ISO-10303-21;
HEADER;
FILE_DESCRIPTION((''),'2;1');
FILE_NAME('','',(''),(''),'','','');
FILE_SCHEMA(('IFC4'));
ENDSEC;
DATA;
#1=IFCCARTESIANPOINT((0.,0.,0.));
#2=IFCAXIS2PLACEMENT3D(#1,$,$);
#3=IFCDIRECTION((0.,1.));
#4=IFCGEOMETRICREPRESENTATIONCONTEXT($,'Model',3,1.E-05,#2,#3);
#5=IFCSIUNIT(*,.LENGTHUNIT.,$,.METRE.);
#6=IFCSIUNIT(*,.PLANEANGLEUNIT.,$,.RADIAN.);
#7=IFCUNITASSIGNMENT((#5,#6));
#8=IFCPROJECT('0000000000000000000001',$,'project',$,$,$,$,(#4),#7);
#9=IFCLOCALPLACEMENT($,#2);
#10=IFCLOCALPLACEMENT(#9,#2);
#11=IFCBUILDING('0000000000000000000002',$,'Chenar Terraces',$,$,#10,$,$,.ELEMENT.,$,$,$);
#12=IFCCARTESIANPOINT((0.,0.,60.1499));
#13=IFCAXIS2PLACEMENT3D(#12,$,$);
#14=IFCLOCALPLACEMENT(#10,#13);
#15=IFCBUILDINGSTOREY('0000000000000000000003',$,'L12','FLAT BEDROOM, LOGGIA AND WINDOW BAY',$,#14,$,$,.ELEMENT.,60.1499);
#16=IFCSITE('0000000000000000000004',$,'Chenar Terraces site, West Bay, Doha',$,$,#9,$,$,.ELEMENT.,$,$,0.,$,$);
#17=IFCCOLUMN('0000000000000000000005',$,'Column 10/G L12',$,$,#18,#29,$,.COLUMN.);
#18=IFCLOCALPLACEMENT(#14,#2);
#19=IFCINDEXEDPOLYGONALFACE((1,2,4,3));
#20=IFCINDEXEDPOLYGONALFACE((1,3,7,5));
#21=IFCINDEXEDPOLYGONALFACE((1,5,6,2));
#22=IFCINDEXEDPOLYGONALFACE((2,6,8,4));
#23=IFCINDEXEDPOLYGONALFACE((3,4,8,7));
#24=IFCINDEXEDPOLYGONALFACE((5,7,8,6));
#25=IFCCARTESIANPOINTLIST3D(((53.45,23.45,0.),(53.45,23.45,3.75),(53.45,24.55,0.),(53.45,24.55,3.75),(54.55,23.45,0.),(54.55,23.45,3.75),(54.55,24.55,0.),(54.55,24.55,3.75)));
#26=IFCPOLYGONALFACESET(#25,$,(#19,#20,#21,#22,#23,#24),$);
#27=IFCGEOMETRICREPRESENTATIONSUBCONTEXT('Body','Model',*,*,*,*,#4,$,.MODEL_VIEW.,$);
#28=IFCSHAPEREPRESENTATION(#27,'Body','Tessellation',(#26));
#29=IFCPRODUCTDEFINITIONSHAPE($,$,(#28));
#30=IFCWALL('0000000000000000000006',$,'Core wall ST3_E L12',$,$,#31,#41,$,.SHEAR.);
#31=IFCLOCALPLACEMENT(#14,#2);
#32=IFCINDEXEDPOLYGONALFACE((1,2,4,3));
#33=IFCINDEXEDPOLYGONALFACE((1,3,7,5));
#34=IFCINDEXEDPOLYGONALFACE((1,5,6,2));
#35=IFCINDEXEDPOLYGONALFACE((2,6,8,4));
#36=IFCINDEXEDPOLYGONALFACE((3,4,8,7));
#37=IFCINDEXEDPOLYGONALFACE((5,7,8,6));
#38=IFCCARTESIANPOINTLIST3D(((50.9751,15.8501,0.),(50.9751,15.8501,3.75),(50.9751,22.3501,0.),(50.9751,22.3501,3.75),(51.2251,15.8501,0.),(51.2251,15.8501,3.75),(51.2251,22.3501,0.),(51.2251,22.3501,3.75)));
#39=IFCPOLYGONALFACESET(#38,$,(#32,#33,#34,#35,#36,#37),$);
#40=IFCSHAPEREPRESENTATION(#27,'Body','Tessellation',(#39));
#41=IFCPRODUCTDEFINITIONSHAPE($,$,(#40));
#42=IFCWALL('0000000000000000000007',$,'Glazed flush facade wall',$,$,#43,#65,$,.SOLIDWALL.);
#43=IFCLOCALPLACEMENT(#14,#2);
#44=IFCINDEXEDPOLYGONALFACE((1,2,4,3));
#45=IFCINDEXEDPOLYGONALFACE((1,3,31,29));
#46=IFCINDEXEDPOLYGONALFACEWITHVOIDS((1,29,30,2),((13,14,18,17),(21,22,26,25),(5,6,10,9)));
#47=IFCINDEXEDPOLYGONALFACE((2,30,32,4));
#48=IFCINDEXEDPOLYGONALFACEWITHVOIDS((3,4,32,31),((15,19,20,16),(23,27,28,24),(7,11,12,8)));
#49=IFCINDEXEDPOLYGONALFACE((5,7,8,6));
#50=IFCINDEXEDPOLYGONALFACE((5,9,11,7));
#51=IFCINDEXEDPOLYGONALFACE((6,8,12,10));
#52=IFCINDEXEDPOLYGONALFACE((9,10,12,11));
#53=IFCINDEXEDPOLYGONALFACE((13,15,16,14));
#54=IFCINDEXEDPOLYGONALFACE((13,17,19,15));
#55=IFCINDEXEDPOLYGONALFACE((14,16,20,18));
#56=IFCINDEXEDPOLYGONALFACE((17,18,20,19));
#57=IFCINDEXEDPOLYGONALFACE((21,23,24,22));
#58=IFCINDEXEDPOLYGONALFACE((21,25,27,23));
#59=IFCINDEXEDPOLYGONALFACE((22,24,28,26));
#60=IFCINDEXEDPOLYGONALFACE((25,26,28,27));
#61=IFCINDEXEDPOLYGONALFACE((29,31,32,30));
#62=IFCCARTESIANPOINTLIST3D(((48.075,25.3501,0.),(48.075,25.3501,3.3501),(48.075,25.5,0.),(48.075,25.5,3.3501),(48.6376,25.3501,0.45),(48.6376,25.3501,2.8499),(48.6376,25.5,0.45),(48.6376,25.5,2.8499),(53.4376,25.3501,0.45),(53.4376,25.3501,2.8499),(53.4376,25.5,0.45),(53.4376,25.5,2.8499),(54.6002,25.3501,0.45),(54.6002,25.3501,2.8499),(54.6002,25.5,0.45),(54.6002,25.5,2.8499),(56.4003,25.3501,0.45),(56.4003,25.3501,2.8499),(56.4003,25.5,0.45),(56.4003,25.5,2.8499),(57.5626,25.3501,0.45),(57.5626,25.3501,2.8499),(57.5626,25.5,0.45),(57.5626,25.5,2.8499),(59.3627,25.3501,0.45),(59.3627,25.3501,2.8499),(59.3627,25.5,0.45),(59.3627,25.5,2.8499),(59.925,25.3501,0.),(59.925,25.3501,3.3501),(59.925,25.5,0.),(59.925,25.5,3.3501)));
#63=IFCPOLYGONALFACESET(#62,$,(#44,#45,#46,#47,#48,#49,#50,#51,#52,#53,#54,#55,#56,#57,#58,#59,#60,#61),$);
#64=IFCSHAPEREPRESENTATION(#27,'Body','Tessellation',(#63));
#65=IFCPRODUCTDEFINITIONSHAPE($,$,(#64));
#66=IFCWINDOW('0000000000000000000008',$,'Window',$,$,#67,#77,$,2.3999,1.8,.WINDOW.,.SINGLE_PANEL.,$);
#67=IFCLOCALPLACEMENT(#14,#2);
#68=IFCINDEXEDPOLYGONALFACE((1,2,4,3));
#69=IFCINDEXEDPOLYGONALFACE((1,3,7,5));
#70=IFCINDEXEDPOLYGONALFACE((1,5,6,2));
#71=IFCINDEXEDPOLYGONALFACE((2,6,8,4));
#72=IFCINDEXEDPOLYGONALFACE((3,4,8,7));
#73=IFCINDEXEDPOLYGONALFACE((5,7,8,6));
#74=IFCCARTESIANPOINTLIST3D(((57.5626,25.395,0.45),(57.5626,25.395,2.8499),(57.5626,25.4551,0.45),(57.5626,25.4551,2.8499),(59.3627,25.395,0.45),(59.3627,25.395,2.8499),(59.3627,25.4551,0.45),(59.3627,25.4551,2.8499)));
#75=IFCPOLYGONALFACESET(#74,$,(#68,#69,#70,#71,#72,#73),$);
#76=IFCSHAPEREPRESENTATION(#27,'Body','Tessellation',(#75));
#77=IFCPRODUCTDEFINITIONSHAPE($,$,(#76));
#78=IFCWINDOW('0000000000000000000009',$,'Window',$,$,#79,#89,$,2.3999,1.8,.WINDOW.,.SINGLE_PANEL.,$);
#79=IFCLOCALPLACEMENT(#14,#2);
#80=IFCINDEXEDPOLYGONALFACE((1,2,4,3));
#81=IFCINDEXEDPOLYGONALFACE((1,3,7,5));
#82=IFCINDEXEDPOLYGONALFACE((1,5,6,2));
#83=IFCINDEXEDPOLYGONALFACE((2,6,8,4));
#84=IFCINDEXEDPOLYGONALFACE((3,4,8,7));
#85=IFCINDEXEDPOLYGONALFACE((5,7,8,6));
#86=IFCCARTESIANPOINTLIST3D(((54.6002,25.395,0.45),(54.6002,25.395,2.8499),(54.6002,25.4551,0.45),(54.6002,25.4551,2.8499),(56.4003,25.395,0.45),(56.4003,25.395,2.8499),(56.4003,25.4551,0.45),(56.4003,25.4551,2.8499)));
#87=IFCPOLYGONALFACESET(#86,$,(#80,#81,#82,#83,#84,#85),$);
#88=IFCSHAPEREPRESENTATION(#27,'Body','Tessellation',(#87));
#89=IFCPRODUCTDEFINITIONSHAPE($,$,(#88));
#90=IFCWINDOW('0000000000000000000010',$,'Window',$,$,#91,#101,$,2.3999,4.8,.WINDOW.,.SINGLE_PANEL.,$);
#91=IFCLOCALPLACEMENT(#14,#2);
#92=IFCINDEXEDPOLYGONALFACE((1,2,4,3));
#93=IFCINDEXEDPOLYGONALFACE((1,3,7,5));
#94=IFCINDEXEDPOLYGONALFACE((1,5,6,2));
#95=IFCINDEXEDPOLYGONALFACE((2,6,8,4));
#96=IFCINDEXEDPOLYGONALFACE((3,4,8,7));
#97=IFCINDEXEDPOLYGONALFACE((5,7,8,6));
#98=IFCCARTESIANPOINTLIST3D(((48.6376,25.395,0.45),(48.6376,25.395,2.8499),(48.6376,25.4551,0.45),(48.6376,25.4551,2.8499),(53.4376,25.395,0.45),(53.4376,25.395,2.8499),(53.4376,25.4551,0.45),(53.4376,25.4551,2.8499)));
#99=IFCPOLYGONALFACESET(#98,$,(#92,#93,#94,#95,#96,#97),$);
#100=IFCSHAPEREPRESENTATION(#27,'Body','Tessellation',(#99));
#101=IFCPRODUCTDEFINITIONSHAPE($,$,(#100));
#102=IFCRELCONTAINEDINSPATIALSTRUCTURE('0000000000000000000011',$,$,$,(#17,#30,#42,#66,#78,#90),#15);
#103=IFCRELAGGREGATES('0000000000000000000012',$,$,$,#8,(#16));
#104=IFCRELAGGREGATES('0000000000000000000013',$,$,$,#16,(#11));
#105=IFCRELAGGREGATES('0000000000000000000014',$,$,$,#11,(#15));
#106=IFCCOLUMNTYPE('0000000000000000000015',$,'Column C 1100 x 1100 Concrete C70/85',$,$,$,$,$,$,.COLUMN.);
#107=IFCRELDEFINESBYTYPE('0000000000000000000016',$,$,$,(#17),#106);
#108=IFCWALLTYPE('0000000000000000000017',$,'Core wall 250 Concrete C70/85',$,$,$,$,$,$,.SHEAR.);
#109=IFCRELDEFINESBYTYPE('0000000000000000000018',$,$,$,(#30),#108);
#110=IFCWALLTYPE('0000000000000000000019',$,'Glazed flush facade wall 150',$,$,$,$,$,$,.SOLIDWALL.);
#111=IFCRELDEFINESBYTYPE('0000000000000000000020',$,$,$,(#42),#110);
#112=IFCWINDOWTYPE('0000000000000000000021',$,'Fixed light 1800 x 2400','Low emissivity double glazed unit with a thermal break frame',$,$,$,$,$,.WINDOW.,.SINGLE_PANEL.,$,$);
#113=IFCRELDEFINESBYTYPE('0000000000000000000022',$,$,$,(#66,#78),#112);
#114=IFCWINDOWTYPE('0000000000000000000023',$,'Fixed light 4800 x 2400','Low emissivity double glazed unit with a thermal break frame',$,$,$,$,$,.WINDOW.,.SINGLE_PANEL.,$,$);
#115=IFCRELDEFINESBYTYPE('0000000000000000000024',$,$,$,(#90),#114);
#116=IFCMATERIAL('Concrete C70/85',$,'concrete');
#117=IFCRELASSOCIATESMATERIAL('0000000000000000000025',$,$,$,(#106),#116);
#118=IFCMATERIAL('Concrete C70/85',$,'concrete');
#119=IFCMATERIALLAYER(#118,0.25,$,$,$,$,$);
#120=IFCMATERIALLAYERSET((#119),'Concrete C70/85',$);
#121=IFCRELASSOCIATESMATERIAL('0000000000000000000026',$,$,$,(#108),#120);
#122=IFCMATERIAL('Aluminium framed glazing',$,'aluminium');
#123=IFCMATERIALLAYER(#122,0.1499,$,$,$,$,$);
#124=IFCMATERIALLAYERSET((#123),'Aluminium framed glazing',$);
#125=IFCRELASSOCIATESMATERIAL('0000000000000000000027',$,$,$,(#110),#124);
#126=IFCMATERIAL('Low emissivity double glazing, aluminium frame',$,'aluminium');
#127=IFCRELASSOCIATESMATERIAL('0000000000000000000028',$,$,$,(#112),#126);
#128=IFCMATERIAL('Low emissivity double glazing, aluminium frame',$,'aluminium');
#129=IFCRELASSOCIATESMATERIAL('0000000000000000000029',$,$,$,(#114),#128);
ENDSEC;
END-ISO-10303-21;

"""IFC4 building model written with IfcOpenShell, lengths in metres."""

from ifc_helpers import new_model, si_unit, direction, frame, frame_2d, origin, origin_2d, place, context, subcontext, project, spatial, rectangle, extrude, material, layer, layer_set, material_profile, profile_set, type_object, element, fill, save


model = new_model("IFC4")

# Units and contexts
model_context = context("Model", 3, precision=1e-05, world=origin(), true_north=direction((0.0, 1.0)))
body_context = subcontext(model_context, "Body", "Model", "MODEL_VIEW")
ifc_project = project(units=[si_unit("LENGTHUNIT", "METRE"), si_unit("PLANEANGLEUNIT", "RADIAN")], contexts=[model_context])

# Site, building, storey
site_placement = place(None, origin())
site = spatial("IfcSite", under=ifc_project, at=site_placement, Name="Chenar Terraces site, West Bay, Doha", CompositionType="ELEMENT", RefElevation=0.0)
building_placement = place(site_placement, origin())
building = spatial("IfcBuilding", under=site, at=building_placement, Name="Chenar Terraces", CompositionType="ELEMENT")
storey_placement = place(building_placement, frame((0.0, 0.0, 60.1499)))
storey = spatial("IfcBuildingStorey", under=building, at=storey_placement, Name="L12", Description="FLAT BEDROOM, LOGGIA AND WINDOW BAY", CompositionType="ELEMENT", Elevation=60.1499)

# Column
ifc_material_1 = material(Name="Concrete C70/85", Category="concrete")
ifc_material_profile = material_profile(ifc_material_1, rectangle(XDim=1.1001, YDim=1.1001, at=origin_2d()), Name="C 1100 x 1100")
ifc_profile_set = profile_set([ifc_material_profile], Name="Concrete C70/85")
column_type = type_object("IfcColumnType", Name="Column C 1100 x 1100 Concrete C70/85", PredefinedType="COLUMN", material=ifc_profile_set)
column_placement = place(storey_placement, frame((54.0, 24.0, 0.0), z_axis=(0.0, 0.0, 1.0), x_axis=(1.0, 0.0, 0.0)))
element("IfcColumn", 1, at=column_placement, inside=storey, type_object=column_type, Name="Column 10/G L12", PredefinedType="COLUMN", context=body_context, shape_type="SweptSolid", body=[
    extrude(rectangle(XDim=1.1001, YDim=1.1001, at=origin_2d()), origin(), (0.0, 0.0, 1.0), 3.75),
])

# Wall
ifc_material_2 = material(Name="Concrete C70/85", Category="concrete")
ifc_layer_1 = layer(ifc_material_2, 0.25)
ifc_layer_set_1 = layer_set([ifc_layer_1], Name="Concrete C70/85")
wall_type_1 = type_object("IfcWallType", Name="Core wall 250 Concrete C70/85", PredefinedType="SHEAR", material=ifc_layer_set_1)
wall_1_placement = place(storey_placement, frame((51.1001, 15.8501, 0.0), z_axis=(0.0, 0.0, 1.0), x_axis=(0.0, 1.0, 0.0)))
element("IfcWall", 2, at=wall_1_placement, inside=storey, type_object=wall_type_1, Name="Core wall ST3_E L12", PredefinedType="SHEAR", context=body_context, shape_type="SweptSolid", body=[
    extrude(rectangle(XDim=6.5, YDim=0.25, at=frame_2d((3.25, 0.0))), origin(), (0.0, 0.0, 1.0), 3.75),
])

# Wall, openings, windows
ifc_material_3 = material(Name="Aluminium framed glazing", Category="aluminium")
ifc_layer_2 = layer(ifc_material_3, 0.1499)
ifc_layer_set_2 = layer_set([ifc_layer_2], Name="Aluminium framed glazing")
wall_type_2 = type_object("IfcWallType", Name="Glazed flush facade wall 150", PredefinedType="SOLIDWALL", material=ifc_layer_set_2)
wall_2_placement = place(storey_placement, frame((59.925, 25.425, 0.0), z_axis=(0.0, 0.0, 1.0), x_axis=(-1.0, 0.0, 0.0)))
wall_2 = element("IfcWall", 3, at=wall_2_placement, inside=storey, type_object=wall_type_2, Name="Glazed flush facade wall", PredefinedType="SOLIDWALL", context=body_context, shape_type="SweptSolid", body=[
    extrude(rectangle(XDim=11.8501, YDim=0.1499, at=frame_2d((5.925, 0.0))), origin(), (0.0, 0.0, 1.0), 3.3501),
])
opening_1_placement = place(wall_2_placement, frame((0.5625, 0.0, 0.45)))
opening_1 = element("IfcOpeningElement", 4, at=opening_1_placement, cuts=wall_2, PredefinedType="OPENING", context=body_context, shape_type="SweptSolid", body=[
    extrude(rectangle(XDim=1.8, YDim=2.3999, at=frame_2d((0.8999, 1.2))), frame((0.0, 0.085, 0.0), z_axis=(0.0, -1.0, 0.0), x_axis=(1.0, 0.0, 0.0)), (0.0, 0.0, 1.0), 0.1699),
])
opening_2_placement = place(wall_2_placement, frame((3.5249, 0.0, 0.45)))
opening_2 = element("IfcOpeningElement", 5, at=opening_2_placement, cuts=wall_2, PredefinedType="OPENING", context=body_context, shape_type="SweptSolid", body=[
    extrude(rectangle(XDim=1.8, YDim=2.3999, at=frame_2d((0.8999, 1.2))), frame((0.0, 0.085, 0.0), z_axis=(0.0, -1.0, 0.0), x_axis=(1.0, 0.0, 0.0)), (0.0, 0.0, 1.0), 0.1699),
])
opening_3_placement = place(wall_2_placement, frame((6.4875, 0.0, 0.45)))
opening_3 = element("IfcOpeningElement", 6, at=opening_3_placement, cuts=wall_2, PredefinedType="OPENING", context=body_context, shape_type="SweptSolid", body=[
    extrude(rectangle(XDim=4.8, YDim=2.3999, at=frame_2d((2.3999, 1.2))), frame((0.0, 0.085, 0.0), z_axis=(0.0, -1.0, 0.0), x_axis=(1.0, 0.0, 0.0)), (0.0, 0.0, 1.0), 0.1699),
])
ifc_material_4 = material(Name="Low emissivity double glazing, aluminium frame", Category="aluminium")
window_type_1 = type_object("IfcWindowType", Name="Fixed light 1800 x 2400", Description="Low emissivity double glazed unit with a thermal break frame", PartitioningType="SINGLE_PANEL", PredefinedType="WINDOW", material=ifc_material_4)
window_1_placement = place(opening_1_placement, origin())
window_1 = element("IfcWindow", 7, at=window_1_placement, inside=storey, type_object=window_type_1, Name="Window", OverallHeight=2.3999, OverallWidth=1.8, PartitioningType="SINGLE_PANEL", PredefinedType="WINDOW", context=body_context, shape_type="SweptSolid", body=[
    extrude(rectangle(XDim=1.8, YDim=2.3999, at=frame_2d((0.8999, 1.2))), frame((0.0, 0.03, 0.0), z_axis=(0.0, -1.0, 0.0), x_axis=(1.0, 0.0, 0.0)), (0.0, 0.0, 1.0), 0.0601),
])
fill(opening_1, window_1)
window_2_placement = place(opening_2_placement, origin())
window_2 = element("IfcWindow", 8, at=window_2_placement, inside=storey, type_object=window_type_1, Name="Window", OverallHeight=2.3999, OverallWidth=1.8, PartitioningType="SINGLE_PANEL", PredefinedType="WINDOW", context=body_context, shape_type="SweptSolid", body=[
    extrude(rectangle(XDim=1.8, YDim=2.3999, at=frame_2d((0.8999, 1.2))), frame((0.0, 0.03, 0.0), z_axis=(0.0, -1.0, 0.0), x_axis=(1.0, 0.0, 0.0)), (0.0, 0.0, 1.0), 0.0601),
])
fill(opening_2, window_2)
ifc_material_5 = material(Name="Low emissivity double glazing, aluminium frame", Category="aluminium")
window_type_2 = type_object("IfcWindowType", Name="Fixed light 4800 x 2400", Description="Low emissivity double glazed unit with a thermal break frame", PartitioningType="SINGLE_PANEL", PredefinedType="WINDOW", material=ifc_material_5)
window_3_placement = place(opening_3_placement, origin())
window_3 = element("IfcWindow", 9, at=window_3_placement, inside=storey, type_object=window_type_2, Name="Window", OverallHeight=2.3999, OverallWidth=4.8, PartitioningType="SINGLE_PANEL", PredefinedType="WINDOW", context=body_context, shape_type="SweptSolid", body=[
    extrude(rectangle(XDim=4.8, YDim=2.3999, at=frame_2d((2.3999, 1.2))), frame((0.0, 0.03, 0.0), z_axis=(0.0, -1.0, 0.0), x_axis=(1.0, 0.0, 0.0)), (0.0, 0.0, 1.0), 0.0601),
])
fill(opening_3, window_3)

save(model, "model.ifc")
